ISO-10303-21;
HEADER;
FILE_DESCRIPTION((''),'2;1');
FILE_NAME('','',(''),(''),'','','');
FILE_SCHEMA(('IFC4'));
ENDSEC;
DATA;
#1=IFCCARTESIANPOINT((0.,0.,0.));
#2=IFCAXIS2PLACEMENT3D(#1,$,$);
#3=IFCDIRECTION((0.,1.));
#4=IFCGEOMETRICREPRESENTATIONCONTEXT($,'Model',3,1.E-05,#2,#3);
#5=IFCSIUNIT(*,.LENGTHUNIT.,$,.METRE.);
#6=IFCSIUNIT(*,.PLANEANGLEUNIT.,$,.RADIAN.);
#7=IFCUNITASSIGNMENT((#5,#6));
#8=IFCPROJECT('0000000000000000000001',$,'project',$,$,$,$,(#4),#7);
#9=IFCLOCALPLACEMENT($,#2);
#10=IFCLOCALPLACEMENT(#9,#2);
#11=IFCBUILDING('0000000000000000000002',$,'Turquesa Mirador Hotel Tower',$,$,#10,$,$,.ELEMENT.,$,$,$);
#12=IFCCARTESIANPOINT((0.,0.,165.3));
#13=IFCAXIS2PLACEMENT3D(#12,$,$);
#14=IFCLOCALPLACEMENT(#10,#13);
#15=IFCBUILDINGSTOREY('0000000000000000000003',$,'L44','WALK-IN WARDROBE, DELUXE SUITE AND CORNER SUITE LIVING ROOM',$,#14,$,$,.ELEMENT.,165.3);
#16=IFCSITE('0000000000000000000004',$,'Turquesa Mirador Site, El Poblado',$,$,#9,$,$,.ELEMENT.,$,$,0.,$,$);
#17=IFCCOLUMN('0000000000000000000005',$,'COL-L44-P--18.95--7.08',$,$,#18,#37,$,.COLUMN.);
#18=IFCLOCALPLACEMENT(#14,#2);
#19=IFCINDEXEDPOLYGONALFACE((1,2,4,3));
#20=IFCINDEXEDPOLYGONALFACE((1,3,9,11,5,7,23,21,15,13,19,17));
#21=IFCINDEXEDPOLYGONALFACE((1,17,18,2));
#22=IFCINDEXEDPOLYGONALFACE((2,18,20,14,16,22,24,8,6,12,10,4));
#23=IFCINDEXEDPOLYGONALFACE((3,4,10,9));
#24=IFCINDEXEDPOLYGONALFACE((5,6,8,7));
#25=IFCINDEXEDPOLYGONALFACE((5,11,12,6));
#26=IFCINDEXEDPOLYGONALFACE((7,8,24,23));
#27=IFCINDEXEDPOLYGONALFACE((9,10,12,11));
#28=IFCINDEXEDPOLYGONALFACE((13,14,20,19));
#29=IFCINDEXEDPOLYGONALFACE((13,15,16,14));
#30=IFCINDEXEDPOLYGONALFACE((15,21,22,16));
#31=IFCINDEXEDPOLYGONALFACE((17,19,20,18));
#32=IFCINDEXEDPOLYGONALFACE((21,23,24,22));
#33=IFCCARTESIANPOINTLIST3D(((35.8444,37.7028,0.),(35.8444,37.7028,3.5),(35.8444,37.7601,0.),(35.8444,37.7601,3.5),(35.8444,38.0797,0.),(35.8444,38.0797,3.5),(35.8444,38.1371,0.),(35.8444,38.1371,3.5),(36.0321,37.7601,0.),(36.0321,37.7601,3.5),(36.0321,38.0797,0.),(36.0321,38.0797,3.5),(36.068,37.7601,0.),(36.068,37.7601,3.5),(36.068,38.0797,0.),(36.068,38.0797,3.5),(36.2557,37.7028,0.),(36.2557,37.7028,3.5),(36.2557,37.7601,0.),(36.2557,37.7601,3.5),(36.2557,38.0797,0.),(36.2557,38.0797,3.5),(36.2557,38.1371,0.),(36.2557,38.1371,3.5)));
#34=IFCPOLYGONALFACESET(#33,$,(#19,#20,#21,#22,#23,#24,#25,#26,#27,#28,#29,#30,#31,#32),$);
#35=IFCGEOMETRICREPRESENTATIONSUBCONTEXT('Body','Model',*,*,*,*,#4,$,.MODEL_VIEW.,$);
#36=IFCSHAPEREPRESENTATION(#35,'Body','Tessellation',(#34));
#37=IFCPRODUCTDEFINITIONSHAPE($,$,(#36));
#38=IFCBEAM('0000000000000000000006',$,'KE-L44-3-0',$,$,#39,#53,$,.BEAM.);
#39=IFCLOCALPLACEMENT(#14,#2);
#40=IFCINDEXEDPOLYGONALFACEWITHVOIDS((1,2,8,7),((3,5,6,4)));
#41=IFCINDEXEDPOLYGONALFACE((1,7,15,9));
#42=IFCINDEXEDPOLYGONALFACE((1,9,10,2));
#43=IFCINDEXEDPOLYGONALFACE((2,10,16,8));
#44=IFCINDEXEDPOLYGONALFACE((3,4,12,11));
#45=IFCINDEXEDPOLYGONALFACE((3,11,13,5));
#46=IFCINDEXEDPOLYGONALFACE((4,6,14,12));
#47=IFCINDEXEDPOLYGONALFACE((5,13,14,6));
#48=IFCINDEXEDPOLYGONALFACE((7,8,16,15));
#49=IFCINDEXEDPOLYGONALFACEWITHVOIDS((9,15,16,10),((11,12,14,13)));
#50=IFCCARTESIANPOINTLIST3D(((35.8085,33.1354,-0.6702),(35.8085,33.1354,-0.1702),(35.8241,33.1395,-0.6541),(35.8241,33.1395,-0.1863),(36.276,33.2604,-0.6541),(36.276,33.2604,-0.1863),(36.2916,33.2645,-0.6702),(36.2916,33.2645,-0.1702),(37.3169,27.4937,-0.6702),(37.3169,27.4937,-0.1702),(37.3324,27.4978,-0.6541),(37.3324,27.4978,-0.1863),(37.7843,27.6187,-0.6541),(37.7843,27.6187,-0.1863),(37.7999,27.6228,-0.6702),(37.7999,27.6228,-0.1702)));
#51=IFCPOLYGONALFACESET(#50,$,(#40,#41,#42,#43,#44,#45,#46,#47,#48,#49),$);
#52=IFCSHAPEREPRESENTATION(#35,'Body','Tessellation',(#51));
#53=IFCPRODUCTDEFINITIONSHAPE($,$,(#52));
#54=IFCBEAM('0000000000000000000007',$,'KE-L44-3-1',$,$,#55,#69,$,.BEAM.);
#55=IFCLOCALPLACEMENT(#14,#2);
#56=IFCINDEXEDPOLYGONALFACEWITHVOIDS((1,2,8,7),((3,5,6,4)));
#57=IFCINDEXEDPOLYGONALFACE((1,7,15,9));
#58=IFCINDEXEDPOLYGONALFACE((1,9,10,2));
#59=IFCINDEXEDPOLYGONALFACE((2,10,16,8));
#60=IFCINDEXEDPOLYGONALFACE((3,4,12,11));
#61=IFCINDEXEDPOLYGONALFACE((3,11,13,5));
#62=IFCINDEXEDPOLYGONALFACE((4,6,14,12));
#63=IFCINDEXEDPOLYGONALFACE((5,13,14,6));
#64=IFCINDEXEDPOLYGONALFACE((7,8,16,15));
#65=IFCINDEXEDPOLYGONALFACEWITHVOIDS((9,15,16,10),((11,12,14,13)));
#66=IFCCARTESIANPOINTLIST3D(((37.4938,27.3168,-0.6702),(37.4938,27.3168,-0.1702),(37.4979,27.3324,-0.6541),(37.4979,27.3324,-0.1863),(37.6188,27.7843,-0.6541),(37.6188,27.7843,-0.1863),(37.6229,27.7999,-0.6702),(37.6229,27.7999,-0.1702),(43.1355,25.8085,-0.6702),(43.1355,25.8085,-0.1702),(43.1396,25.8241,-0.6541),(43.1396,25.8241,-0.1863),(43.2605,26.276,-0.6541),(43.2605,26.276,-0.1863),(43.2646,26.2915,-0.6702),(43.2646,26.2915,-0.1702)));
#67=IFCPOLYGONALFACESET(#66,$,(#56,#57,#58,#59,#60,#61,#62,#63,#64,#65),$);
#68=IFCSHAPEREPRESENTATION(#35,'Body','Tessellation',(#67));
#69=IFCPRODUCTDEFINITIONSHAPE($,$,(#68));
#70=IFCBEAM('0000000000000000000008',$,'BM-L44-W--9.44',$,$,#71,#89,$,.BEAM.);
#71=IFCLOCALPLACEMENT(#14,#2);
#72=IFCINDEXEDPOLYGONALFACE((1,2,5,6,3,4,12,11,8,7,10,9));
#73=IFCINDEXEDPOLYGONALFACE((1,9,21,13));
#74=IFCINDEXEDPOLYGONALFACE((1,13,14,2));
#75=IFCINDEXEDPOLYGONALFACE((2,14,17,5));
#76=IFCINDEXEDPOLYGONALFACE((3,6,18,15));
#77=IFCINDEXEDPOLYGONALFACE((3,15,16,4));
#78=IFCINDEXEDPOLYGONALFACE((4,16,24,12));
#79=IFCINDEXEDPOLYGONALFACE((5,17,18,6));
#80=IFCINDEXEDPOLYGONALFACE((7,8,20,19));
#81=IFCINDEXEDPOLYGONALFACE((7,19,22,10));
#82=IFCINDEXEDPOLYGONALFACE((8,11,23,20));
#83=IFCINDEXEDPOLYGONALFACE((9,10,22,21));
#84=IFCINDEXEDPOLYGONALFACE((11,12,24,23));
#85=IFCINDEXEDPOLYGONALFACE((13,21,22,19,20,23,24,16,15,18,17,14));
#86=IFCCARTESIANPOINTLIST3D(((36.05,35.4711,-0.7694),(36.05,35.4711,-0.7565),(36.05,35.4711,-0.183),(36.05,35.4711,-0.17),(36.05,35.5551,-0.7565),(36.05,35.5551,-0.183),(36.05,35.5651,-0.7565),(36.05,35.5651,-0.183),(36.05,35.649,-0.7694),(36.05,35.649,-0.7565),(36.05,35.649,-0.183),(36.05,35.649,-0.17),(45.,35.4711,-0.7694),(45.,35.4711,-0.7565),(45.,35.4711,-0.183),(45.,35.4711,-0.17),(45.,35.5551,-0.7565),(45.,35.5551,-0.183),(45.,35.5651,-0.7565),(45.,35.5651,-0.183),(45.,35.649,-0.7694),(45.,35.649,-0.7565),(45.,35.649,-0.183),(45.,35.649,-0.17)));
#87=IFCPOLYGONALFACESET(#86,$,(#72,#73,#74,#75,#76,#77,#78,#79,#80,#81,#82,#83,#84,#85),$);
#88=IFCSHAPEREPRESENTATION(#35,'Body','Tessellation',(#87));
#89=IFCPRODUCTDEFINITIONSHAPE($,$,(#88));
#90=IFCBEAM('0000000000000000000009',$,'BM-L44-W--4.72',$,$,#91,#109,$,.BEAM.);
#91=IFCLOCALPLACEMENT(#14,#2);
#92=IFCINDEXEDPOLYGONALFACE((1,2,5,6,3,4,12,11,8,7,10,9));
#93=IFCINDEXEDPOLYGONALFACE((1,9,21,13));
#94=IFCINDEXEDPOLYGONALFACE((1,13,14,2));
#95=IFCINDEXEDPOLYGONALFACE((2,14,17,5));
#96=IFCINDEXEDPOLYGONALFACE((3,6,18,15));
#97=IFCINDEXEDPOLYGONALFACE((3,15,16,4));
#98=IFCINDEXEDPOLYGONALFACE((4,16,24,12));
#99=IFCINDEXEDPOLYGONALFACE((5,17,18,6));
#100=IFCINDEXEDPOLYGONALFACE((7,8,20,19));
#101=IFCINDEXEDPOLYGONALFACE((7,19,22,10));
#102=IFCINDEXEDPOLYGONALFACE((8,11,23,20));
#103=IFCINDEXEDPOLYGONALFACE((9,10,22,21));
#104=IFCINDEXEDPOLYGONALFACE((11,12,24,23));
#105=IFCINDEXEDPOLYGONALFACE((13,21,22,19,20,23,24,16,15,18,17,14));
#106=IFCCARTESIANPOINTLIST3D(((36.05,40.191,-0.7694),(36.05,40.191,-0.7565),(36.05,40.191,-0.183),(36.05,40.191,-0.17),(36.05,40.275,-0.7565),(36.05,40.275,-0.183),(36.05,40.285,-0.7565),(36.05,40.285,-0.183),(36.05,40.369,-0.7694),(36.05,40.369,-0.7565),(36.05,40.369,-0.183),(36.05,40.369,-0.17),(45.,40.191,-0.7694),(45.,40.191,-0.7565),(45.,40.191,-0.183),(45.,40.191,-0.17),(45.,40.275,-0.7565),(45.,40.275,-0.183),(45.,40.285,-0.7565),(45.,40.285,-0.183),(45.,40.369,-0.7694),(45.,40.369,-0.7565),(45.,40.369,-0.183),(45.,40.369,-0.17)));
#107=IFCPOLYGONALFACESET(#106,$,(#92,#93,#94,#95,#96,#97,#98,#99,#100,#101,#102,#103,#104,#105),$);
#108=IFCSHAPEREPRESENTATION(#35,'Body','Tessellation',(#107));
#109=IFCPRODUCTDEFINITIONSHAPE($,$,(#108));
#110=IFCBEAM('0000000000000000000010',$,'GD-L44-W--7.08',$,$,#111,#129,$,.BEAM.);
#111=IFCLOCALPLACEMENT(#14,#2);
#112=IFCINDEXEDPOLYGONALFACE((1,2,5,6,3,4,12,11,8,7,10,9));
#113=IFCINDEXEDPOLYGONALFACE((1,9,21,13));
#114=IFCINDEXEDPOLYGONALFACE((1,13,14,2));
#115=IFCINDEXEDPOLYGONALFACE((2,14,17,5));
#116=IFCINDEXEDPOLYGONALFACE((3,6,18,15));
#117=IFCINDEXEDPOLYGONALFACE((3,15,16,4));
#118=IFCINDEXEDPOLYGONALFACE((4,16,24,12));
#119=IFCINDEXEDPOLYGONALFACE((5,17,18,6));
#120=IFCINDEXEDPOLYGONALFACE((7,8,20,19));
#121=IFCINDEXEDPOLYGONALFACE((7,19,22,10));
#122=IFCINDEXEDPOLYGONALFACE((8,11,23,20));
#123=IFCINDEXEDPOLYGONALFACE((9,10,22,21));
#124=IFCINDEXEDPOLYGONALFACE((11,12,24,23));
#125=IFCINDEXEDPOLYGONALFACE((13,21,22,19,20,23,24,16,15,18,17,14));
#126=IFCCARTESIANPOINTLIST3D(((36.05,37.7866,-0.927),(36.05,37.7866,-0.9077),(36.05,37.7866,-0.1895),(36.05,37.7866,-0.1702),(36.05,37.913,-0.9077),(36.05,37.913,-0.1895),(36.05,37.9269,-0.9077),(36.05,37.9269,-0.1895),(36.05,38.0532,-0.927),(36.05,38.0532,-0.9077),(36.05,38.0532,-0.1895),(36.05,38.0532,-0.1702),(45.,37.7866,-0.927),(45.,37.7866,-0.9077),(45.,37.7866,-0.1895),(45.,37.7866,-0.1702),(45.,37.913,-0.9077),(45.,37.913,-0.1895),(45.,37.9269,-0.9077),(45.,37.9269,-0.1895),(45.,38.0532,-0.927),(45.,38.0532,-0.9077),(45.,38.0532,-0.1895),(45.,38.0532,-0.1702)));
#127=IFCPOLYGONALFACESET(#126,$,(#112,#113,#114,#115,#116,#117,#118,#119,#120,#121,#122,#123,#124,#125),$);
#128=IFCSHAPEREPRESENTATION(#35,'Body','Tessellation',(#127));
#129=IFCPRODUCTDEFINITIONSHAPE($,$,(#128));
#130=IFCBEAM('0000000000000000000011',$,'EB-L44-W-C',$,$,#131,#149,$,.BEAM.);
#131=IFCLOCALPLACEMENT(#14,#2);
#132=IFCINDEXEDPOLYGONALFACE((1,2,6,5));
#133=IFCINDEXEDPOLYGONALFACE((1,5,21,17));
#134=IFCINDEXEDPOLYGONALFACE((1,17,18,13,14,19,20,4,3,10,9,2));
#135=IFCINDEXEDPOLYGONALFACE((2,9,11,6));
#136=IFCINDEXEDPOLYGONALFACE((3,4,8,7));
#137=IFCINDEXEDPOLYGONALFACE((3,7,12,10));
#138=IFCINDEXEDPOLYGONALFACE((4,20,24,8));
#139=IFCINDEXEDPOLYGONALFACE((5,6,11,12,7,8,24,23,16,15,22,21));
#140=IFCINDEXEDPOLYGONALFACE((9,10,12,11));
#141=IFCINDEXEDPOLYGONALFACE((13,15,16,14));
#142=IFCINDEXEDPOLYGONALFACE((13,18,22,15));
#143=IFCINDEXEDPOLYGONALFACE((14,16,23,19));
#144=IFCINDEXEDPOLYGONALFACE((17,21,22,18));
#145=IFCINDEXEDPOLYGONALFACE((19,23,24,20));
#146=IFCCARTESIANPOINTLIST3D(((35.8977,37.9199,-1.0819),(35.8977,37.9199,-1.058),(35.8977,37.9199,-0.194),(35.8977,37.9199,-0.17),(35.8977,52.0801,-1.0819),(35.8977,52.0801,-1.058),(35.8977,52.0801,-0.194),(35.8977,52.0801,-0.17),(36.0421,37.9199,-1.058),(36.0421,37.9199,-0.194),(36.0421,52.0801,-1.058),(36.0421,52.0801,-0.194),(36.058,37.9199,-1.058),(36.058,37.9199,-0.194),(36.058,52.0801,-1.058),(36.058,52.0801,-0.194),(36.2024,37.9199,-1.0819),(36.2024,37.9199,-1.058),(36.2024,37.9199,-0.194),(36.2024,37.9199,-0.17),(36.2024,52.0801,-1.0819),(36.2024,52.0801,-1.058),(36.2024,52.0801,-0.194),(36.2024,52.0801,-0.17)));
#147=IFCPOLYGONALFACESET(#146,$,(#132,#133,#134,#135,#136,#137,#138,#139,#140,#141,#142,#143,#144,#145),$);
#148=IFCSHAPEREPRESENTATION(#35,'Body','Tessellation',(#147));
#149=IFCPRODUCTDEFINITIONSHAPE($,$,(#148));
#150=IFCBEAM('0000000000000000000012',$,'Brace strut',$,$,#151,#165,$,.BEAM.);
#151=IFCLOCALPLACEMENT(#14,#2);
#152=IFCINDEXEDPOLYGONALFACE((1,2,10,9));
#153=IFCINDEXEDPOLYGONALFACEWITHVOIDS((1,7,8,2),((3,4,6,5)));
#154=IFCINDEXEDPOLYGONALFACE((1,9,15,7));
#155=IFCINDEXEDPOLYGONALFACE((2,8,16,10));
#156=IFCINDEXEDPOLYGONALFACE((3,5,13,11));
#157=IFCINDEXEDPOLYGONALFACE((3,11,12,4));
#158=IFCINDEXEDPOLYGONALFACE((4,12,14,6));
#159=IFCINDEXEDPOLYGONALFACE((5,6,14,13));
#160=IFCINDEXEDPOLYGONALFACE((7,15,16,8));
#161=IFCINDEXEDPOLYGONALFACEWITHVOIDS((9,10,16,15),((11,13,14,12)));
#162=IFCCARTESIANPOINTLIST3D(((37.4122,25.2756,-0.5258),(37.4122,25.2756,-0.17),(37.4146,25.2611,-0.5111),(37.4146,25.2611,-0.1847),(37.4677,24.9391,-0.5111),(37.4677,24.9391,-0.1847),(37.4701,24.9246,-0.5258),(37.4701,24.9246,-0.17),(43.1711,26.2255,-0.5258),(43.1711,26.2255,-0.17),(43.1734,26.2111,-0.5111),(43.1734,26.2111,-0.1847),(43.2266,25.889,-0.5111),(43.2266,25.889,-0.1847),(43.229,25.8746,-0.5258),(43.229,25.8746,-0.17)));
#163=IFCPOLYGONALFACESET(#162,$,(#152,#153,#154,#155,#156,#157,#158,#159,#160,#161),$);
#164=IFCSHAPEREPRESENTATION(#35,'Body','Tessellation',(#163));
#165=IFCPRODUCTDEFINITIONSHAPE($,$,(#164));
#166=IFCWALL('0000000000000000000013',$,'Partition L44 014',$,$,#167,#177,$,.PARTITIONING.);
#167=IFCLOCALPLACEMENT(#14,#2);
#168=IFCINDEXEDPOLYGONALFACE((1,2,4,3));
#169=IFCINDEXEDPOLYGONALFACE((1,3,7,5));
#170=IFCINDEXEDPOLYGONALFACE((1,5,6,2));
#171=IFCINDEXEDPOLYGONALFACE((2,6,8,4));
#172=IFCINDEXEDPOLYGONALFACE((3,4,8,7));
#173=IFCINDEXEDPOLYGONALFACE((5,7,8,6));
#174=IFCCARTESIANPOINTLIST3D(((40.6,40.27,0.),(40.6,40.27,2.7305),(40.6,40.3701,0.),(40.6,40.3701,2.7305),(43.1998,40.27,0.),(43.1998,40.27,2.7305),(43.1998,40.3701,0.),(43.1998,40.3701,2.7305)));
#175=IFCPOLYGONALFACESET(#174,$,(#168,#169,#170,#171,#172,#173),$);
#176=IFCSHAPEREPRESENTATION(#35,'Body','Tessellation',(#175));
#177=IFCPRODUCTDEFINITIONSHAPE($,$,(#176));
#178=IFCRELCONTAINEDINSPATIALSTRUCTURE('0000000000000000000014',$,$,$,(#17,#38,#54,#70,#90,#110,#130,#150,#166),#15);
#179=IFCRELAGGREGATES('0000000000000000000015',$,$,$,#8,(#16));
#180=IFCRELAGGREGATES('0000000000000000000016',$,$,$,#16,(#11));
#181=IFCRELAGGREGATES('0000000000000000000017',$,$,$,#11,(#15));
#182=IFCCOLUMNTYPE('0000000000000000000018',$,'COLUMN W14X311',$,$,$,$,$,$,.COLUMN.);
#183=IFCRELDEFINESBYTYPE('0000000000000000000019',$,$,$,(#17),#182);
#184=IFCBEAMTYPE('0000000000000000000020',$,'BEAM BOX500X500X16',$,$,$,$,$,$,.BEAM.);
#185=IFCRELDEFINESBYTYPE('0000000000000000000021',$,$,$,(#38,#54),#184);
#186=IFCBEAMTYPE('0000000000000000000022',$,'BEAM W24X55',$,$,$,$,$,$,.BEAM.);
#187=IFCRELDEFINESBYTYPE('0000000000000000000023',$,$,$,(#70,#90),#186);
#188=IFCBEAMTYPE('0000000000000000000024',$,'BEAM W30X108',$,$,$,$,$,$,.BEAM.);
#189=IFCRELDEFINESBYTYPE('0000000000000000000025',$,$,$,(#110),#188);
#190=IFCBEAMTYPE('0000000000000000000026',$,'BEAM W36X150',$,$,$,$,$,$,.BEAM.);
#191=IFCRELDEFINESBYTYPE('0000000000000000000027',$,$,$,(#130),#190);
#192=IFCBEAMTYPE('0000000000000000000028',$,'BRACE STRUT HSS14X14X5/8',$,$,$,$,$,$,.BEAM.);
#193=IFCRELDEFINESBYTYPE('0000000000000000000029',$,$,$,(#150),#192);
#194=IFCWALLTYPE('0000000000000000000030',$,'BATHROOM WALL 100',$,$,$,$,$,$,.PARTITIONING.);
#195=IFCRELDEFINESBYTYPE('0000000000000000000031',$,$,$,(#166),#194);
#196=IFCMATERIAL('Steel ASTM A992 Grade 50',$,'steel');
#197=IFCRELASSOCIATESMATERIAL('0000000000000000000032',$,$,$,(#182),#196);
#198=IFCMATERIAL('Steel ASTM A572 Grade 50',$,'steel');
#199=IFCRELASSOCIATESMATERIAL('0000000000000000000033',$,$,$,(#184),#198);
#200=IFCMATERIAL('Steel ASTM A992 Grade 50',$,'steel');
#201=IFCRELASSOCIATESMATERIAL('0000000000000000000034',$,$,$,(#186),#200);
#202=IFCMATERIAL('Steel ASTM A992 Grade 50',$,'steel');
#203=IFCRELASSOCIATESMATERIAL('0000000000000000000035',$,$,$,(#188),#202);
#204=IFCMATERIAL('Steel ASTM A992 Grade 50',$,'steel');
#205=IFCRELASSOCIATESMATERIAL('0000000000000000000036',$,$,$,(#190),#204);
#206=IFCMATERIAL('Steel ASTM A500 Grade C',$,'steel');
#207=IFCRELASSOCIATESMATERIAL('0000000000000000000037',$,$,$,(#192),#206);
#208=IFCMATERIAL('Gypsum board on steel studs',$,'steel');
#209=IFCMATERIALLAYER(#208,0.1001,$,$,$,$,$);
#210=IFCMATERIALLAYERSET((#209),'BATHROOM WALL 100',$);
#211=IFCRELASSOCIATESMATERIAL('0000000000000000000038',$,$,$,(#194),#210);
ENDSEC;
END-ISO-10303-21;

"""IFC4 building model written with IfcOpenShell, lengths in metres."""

from ifc_helpers import new_model, si_unit, direction, frame, frame_2d, origin, origin_2d, place, context, subcontext, project, spatial, rectangle, hollow_rectangle, i_section, extrude, material, layer, layer_set, material_profile, profile_set, type_object, element, save


model = new_model("IFC4")

# Units and contexts
model_context = context("Model", 3, precision=1e-05, world=origin(), true_north=direction((0.0, 1.0)))
body_context = subcontext(model_context, "Body", "Model", "MODEL_VIEW")
ifc_project = project(units=[si_unit("LENGTHUNIT", "METRE"), si_unit("PLANEANGLEUNIT", "RADIAN")], contexts=[model_context])

# Site, building, storey
site_placement = place(None, origin())
site = spatial("IfcSite", under=ifc_project, at=site_placement, Name="Turquesa Mirador Site, El Poblado", CompositionType="ELEMENT", RefElevation=0.0)
building_placement = place(site_placement, origin())
building = spatial("IfcBuilding", under=site, at=building_placement, Name="Turquesa Mirador Hotel Tower", CompositionType="ELEMENT")
storey_placement = place(building_placement, frame((0.0, 0.0, 165.3)))
storey = spatial("IfcBuildingStorey", under=building, at=storey_placement, Name="L44", Description="WALK-IN WARDROBE, DELUXE SUITE AND CORNER SUITE LIVING ROOM", CompositionType="ELEMENT", Elevation=165.3)

# Column
ifc_material_1 = material(Name="Steel ASTM A992 Grade 50", Category="steel")
ifc_material_profile_1 = material_profile(ifc_material_1, i_section(OverallWidth=0.4114, OverallDepth=0.4343, WebThickness=0.0359, FlangeThickness=0.0574, at=origin_2d()), Name="W14X311")
ifc_profile_set_1 = profile_set([ifc_material_profile_1], Name="Steel ASTM A992 Grade 50")
column_type = type_object("IfcColumnType", Name="COLUMN W14X311", PredefinedType="COLUMN", material=ifc_profile_set_1)
column_placement = place(storey_placement, frame((36.05, 37.9199, 0.0), z_axis=(0.0, 0.0, 1.0), x_axis=(1.0, 0.0, 0.0)))
element("IfcColumn", 1, at=column_placement, inside=storey, type_object=column_type, Name="COL-L44-P--18.95--7.08", PredefinedType="COLUMN", context=body_context, shape_type="SweptSolid", body=[
    extrude(i_section(OverallWidth=0.4114, OverallDepth=0.4343, WebThickness=0.0359, FlangeThickness=0.0574, at=origin_2d()), origin(), (0.0, 0.0, 1.0), 3.5),
])

# Beams
ifc_material_2 = material(Name="Steel ASTM A572 Grade 50", Category="steel")
ifc_material_profile_2 = material_profile(ifc_material_2, hollow_rectangle(XDim=0.5, YDim=0.5, WallThickness=0.0161, at=origin_2d()), Name="BOX500X500X16")
ifc_profile_set_2 = profile_set([ifc_material_profile_2], Name="Steel ASTM A572 Grade 50")
beam_type_1 = type_object("IfcBeamType", Name="BEAM BOX500X500X16", PredefinedType="BEAM", material=ifc_profile_set_2)
for number, where, z_axis, x_axis, name in (
    (2, (36.05, 33.2, -0.4202), (0.258282, -0.96607, 0.0), (0.96607, 0.258282, 0.0), "KE-L44-3-0"),
    (3, (37.5583, 27.5583, -0.4202), (0.96607, -0.258282, 0.0), (0.258282, 0.96607, 0.0), "KE-L44-3-1"),
):
    element("IfcBeam", number, at=place(storey_placement, frame(where, z_axis=z_axis, x_axis=x_axis)), inside=storey, type_object=beam_type_1, Name=name, PredefinedType="BEAM", context=body_context, shape_type="SweptSolid", body=[
        extrude(hollow_rectangle(XDim=0.5, YDim=0.5, WallThickness=0.0161, at=origin_2d()), origin(), (0.0, 0.0, 1.0), 5.8398),
    ])
ifc_material_3 = material(Name="Steel ASTM A992 Grade 50", Category="steel")
ifc_material_profile_3 = material_profile(ifc_material_3, i_section(OverallWidth=0.178, OverallDepth=0.5994, WebThickness=0.01, FlangeThickness=0.0129, at=origin_2d()), Name="W24X55")
ifc_profile_set_3 = profile_set([ifc_material_profile_3], Name="Steel ASTM A992 Grade 50")
beam_type_2 = type_object("IfcBeamType", Name="BEAM W24X55", PredefinedType="BEAM", material=ifc_profile_set_3)
for number, where, z_axis, x_axis, name in (
    (4, (36.05, 35.5601, -0.4697), (1.0, 0.0, 0.0), (0.0, 1.0, 0.0), "BM-L44-W--9.44"),
    (5, (36.05, 40.28, -0.4697), (1.0, 0.0, 0.0), (0.0, 1.0, 0.0), "BM-L44-W--4.72"),
):
    element("IfcBeam", number, at=place(storey_placement, frame(where, z_axis=z_axis, x_axis=x_axis)), inside=storey, type_object=beam_type_2, Name=name, PredefinedType="BEAM", context=body_context, shape_type="SweptSolid", body=[
        extrude(i_section(OverallWidth=0.178, OverallDepth=0.5994, WebThickness=0.01, FlangeThickness=0.0129, at=origin_2d()), origin(), (0.0, 0.0, 1.0), 8.95),
    ])
ifc_material_4 = material(Name="Steel ASTM A992 Grade 50", Category="steel")
ifc_material_profile_4 = material_profile(ifc_material_4, i_section(OverallWidth=0.2666, OverallDepth=0.7568, WebThickness=0.0139, FlangeThickness=0.0193, at=origin_2d()), Name="W30X108")
ifc_profile_set_4 = profile_set([ifc_material_profile_4], Name="Steel ASTM A992 Grade 50")
beam_type_3 = type_object("IfcBeamType", Name="BEAM W30X108", PredefinedType="BEAM", material=ifc_profile_set_4)
beam_1_placement = place(storey_placement, frame((36.05, 37.9199, -0.5486), z_axis=(1.0, 0.0, 0.0), x_axis=(0.0, 1.0, 0.0)))
element("IfcBeam", 6, at=beam_1_placement, inside=storey, type_object=beam_type_3, Name="GD-L44-W--7.08", PredefinedType="BEAM", context=body_context, shape_type="SweptSolid", body=[
    extrude(i_section(OverallWidth=0.2666, OverallDepth=0.7568, WebThickness=0.0139, FlangeThickness=0.0193, at=origin_2d()), origin(), (0.0, 0.0, 1.0), 8.95),
])
ifc_material_5 = material(Name="Steel ASTM A992 Grade 50", Category="steel")
ifc_material_profile_5 = material_profile(ifc_material_5, i_section(OverallWidth=0.3047, OverallDepth=0.9119, WebThickness=0.0159, FlangeThickness=0.0239, at=origin_2d()), Name="W36X150")
ifc_profile_set_5 = profile_set([ifc_material_profile_5], Name="Steel ASTM A992 Grade 50")
beam_type_4 = type_object("IfcBeamType", Name="BEAM W36X150", PredefinedType="BEAM", material=ifc_profile_set_5)
beam_2_placement = place(storey_placement, frame((36.05, 37.9199, -0.626), z_axis=(0.0, 1.0, 0.0), x_axis=(-1.0, 0.0, 0.0)))
element("IfcBeam", 7, at=beam_2_placement, inside=storey, type_object=beam_type_4, Name="EB-L44-W-C", PredefinedType="BEAM", context=body_context, shape_type="SweptSolid", body=[
    extrude(i_section(OverallWidth=0.3047, OverallDepth=0.9119, WebThickness=0.0159, FlangeThickness=0.0239, at=origin_2d()), origin(), (0.0, 0.0, 1.0), 14.1602),
])
ifc_material_6 = material(Name="Steel ASTM A500 Grade C", Category="steel")
ifc_material_profile_6 = material_profile(ifc_material_6, hollow_rectangle(XDim=0.3557, YDim=0.3557, WallThickness=0.0146, at=origin_2d()), Name="HSS14X14X5/8")
ifc_profile_set_6 = profile_set([ifc_material_profile_6], Name="Steel ASTM A500 Grade C")
beam_type_5 = type_object("IfcBeamType", Name="BRACE STRUT HSS14X14X5/8", PredefinedType="BEAM", material=ifc_profile_set_6)
beam_3_placement = place(storey_placement, frame((37.4412, 25.1001, -0.3479), z_axis=(0.986666, 0.162757, 0.0), x_axis=(-0.162757, 0.986666, 0.0)))
element("IfcBeam", 8, at=beam_3_placement, inside=storey, type_object=beam_type_5, Name="Brace strut", PredefinedType="BEAM", context=body_context, shape_type="SweptSolid", body=[
    extrude(hollow_rectangle(XDim=0.3557, YDim=0.3557, WallThickness=0.0146, at=origin_2d()), origin(), (0.0, 0.0, 1.0), 5.8367),
])

# Wall
ifc_material_7 = material(Name="Gypsum board on steel studs", Category="steel")
ifc_layer_1 = layer(ifc_material_7, 0.1001)
ifc_layer_set_1 = layer_set([ifc_layer_1], Name="BATHROOM WALL 100")
wall_type_1 = type_object("IfcWallType", Name="BATHROOM WALL 100", PredefinedType="PARTITIONING", material=ifc_layer_set_1)
wall_1_placement = place(storey_placement, frame((40.6001, 40.3201, 0.0), z_axis=(0.0, 0.0, 1.0), x_axis=(1.0, 0.0, 0.0)))
element("IfcWall", 9, at=wall_1_placement, inside=storey, type_object=wall_type_1, Name="Partition L44 014", PredefinedType="PARTITIONING", context=body_context, shape_type="SweptSolid", body=[
    extrude(rectangle(XDim=2.5999, YDim=0.1001, at=frame_2d((1.2998, 0.0))), origin(), (0.0, 0.0, 1.0), 2.7305),
])

save(model, "model.ifc")
